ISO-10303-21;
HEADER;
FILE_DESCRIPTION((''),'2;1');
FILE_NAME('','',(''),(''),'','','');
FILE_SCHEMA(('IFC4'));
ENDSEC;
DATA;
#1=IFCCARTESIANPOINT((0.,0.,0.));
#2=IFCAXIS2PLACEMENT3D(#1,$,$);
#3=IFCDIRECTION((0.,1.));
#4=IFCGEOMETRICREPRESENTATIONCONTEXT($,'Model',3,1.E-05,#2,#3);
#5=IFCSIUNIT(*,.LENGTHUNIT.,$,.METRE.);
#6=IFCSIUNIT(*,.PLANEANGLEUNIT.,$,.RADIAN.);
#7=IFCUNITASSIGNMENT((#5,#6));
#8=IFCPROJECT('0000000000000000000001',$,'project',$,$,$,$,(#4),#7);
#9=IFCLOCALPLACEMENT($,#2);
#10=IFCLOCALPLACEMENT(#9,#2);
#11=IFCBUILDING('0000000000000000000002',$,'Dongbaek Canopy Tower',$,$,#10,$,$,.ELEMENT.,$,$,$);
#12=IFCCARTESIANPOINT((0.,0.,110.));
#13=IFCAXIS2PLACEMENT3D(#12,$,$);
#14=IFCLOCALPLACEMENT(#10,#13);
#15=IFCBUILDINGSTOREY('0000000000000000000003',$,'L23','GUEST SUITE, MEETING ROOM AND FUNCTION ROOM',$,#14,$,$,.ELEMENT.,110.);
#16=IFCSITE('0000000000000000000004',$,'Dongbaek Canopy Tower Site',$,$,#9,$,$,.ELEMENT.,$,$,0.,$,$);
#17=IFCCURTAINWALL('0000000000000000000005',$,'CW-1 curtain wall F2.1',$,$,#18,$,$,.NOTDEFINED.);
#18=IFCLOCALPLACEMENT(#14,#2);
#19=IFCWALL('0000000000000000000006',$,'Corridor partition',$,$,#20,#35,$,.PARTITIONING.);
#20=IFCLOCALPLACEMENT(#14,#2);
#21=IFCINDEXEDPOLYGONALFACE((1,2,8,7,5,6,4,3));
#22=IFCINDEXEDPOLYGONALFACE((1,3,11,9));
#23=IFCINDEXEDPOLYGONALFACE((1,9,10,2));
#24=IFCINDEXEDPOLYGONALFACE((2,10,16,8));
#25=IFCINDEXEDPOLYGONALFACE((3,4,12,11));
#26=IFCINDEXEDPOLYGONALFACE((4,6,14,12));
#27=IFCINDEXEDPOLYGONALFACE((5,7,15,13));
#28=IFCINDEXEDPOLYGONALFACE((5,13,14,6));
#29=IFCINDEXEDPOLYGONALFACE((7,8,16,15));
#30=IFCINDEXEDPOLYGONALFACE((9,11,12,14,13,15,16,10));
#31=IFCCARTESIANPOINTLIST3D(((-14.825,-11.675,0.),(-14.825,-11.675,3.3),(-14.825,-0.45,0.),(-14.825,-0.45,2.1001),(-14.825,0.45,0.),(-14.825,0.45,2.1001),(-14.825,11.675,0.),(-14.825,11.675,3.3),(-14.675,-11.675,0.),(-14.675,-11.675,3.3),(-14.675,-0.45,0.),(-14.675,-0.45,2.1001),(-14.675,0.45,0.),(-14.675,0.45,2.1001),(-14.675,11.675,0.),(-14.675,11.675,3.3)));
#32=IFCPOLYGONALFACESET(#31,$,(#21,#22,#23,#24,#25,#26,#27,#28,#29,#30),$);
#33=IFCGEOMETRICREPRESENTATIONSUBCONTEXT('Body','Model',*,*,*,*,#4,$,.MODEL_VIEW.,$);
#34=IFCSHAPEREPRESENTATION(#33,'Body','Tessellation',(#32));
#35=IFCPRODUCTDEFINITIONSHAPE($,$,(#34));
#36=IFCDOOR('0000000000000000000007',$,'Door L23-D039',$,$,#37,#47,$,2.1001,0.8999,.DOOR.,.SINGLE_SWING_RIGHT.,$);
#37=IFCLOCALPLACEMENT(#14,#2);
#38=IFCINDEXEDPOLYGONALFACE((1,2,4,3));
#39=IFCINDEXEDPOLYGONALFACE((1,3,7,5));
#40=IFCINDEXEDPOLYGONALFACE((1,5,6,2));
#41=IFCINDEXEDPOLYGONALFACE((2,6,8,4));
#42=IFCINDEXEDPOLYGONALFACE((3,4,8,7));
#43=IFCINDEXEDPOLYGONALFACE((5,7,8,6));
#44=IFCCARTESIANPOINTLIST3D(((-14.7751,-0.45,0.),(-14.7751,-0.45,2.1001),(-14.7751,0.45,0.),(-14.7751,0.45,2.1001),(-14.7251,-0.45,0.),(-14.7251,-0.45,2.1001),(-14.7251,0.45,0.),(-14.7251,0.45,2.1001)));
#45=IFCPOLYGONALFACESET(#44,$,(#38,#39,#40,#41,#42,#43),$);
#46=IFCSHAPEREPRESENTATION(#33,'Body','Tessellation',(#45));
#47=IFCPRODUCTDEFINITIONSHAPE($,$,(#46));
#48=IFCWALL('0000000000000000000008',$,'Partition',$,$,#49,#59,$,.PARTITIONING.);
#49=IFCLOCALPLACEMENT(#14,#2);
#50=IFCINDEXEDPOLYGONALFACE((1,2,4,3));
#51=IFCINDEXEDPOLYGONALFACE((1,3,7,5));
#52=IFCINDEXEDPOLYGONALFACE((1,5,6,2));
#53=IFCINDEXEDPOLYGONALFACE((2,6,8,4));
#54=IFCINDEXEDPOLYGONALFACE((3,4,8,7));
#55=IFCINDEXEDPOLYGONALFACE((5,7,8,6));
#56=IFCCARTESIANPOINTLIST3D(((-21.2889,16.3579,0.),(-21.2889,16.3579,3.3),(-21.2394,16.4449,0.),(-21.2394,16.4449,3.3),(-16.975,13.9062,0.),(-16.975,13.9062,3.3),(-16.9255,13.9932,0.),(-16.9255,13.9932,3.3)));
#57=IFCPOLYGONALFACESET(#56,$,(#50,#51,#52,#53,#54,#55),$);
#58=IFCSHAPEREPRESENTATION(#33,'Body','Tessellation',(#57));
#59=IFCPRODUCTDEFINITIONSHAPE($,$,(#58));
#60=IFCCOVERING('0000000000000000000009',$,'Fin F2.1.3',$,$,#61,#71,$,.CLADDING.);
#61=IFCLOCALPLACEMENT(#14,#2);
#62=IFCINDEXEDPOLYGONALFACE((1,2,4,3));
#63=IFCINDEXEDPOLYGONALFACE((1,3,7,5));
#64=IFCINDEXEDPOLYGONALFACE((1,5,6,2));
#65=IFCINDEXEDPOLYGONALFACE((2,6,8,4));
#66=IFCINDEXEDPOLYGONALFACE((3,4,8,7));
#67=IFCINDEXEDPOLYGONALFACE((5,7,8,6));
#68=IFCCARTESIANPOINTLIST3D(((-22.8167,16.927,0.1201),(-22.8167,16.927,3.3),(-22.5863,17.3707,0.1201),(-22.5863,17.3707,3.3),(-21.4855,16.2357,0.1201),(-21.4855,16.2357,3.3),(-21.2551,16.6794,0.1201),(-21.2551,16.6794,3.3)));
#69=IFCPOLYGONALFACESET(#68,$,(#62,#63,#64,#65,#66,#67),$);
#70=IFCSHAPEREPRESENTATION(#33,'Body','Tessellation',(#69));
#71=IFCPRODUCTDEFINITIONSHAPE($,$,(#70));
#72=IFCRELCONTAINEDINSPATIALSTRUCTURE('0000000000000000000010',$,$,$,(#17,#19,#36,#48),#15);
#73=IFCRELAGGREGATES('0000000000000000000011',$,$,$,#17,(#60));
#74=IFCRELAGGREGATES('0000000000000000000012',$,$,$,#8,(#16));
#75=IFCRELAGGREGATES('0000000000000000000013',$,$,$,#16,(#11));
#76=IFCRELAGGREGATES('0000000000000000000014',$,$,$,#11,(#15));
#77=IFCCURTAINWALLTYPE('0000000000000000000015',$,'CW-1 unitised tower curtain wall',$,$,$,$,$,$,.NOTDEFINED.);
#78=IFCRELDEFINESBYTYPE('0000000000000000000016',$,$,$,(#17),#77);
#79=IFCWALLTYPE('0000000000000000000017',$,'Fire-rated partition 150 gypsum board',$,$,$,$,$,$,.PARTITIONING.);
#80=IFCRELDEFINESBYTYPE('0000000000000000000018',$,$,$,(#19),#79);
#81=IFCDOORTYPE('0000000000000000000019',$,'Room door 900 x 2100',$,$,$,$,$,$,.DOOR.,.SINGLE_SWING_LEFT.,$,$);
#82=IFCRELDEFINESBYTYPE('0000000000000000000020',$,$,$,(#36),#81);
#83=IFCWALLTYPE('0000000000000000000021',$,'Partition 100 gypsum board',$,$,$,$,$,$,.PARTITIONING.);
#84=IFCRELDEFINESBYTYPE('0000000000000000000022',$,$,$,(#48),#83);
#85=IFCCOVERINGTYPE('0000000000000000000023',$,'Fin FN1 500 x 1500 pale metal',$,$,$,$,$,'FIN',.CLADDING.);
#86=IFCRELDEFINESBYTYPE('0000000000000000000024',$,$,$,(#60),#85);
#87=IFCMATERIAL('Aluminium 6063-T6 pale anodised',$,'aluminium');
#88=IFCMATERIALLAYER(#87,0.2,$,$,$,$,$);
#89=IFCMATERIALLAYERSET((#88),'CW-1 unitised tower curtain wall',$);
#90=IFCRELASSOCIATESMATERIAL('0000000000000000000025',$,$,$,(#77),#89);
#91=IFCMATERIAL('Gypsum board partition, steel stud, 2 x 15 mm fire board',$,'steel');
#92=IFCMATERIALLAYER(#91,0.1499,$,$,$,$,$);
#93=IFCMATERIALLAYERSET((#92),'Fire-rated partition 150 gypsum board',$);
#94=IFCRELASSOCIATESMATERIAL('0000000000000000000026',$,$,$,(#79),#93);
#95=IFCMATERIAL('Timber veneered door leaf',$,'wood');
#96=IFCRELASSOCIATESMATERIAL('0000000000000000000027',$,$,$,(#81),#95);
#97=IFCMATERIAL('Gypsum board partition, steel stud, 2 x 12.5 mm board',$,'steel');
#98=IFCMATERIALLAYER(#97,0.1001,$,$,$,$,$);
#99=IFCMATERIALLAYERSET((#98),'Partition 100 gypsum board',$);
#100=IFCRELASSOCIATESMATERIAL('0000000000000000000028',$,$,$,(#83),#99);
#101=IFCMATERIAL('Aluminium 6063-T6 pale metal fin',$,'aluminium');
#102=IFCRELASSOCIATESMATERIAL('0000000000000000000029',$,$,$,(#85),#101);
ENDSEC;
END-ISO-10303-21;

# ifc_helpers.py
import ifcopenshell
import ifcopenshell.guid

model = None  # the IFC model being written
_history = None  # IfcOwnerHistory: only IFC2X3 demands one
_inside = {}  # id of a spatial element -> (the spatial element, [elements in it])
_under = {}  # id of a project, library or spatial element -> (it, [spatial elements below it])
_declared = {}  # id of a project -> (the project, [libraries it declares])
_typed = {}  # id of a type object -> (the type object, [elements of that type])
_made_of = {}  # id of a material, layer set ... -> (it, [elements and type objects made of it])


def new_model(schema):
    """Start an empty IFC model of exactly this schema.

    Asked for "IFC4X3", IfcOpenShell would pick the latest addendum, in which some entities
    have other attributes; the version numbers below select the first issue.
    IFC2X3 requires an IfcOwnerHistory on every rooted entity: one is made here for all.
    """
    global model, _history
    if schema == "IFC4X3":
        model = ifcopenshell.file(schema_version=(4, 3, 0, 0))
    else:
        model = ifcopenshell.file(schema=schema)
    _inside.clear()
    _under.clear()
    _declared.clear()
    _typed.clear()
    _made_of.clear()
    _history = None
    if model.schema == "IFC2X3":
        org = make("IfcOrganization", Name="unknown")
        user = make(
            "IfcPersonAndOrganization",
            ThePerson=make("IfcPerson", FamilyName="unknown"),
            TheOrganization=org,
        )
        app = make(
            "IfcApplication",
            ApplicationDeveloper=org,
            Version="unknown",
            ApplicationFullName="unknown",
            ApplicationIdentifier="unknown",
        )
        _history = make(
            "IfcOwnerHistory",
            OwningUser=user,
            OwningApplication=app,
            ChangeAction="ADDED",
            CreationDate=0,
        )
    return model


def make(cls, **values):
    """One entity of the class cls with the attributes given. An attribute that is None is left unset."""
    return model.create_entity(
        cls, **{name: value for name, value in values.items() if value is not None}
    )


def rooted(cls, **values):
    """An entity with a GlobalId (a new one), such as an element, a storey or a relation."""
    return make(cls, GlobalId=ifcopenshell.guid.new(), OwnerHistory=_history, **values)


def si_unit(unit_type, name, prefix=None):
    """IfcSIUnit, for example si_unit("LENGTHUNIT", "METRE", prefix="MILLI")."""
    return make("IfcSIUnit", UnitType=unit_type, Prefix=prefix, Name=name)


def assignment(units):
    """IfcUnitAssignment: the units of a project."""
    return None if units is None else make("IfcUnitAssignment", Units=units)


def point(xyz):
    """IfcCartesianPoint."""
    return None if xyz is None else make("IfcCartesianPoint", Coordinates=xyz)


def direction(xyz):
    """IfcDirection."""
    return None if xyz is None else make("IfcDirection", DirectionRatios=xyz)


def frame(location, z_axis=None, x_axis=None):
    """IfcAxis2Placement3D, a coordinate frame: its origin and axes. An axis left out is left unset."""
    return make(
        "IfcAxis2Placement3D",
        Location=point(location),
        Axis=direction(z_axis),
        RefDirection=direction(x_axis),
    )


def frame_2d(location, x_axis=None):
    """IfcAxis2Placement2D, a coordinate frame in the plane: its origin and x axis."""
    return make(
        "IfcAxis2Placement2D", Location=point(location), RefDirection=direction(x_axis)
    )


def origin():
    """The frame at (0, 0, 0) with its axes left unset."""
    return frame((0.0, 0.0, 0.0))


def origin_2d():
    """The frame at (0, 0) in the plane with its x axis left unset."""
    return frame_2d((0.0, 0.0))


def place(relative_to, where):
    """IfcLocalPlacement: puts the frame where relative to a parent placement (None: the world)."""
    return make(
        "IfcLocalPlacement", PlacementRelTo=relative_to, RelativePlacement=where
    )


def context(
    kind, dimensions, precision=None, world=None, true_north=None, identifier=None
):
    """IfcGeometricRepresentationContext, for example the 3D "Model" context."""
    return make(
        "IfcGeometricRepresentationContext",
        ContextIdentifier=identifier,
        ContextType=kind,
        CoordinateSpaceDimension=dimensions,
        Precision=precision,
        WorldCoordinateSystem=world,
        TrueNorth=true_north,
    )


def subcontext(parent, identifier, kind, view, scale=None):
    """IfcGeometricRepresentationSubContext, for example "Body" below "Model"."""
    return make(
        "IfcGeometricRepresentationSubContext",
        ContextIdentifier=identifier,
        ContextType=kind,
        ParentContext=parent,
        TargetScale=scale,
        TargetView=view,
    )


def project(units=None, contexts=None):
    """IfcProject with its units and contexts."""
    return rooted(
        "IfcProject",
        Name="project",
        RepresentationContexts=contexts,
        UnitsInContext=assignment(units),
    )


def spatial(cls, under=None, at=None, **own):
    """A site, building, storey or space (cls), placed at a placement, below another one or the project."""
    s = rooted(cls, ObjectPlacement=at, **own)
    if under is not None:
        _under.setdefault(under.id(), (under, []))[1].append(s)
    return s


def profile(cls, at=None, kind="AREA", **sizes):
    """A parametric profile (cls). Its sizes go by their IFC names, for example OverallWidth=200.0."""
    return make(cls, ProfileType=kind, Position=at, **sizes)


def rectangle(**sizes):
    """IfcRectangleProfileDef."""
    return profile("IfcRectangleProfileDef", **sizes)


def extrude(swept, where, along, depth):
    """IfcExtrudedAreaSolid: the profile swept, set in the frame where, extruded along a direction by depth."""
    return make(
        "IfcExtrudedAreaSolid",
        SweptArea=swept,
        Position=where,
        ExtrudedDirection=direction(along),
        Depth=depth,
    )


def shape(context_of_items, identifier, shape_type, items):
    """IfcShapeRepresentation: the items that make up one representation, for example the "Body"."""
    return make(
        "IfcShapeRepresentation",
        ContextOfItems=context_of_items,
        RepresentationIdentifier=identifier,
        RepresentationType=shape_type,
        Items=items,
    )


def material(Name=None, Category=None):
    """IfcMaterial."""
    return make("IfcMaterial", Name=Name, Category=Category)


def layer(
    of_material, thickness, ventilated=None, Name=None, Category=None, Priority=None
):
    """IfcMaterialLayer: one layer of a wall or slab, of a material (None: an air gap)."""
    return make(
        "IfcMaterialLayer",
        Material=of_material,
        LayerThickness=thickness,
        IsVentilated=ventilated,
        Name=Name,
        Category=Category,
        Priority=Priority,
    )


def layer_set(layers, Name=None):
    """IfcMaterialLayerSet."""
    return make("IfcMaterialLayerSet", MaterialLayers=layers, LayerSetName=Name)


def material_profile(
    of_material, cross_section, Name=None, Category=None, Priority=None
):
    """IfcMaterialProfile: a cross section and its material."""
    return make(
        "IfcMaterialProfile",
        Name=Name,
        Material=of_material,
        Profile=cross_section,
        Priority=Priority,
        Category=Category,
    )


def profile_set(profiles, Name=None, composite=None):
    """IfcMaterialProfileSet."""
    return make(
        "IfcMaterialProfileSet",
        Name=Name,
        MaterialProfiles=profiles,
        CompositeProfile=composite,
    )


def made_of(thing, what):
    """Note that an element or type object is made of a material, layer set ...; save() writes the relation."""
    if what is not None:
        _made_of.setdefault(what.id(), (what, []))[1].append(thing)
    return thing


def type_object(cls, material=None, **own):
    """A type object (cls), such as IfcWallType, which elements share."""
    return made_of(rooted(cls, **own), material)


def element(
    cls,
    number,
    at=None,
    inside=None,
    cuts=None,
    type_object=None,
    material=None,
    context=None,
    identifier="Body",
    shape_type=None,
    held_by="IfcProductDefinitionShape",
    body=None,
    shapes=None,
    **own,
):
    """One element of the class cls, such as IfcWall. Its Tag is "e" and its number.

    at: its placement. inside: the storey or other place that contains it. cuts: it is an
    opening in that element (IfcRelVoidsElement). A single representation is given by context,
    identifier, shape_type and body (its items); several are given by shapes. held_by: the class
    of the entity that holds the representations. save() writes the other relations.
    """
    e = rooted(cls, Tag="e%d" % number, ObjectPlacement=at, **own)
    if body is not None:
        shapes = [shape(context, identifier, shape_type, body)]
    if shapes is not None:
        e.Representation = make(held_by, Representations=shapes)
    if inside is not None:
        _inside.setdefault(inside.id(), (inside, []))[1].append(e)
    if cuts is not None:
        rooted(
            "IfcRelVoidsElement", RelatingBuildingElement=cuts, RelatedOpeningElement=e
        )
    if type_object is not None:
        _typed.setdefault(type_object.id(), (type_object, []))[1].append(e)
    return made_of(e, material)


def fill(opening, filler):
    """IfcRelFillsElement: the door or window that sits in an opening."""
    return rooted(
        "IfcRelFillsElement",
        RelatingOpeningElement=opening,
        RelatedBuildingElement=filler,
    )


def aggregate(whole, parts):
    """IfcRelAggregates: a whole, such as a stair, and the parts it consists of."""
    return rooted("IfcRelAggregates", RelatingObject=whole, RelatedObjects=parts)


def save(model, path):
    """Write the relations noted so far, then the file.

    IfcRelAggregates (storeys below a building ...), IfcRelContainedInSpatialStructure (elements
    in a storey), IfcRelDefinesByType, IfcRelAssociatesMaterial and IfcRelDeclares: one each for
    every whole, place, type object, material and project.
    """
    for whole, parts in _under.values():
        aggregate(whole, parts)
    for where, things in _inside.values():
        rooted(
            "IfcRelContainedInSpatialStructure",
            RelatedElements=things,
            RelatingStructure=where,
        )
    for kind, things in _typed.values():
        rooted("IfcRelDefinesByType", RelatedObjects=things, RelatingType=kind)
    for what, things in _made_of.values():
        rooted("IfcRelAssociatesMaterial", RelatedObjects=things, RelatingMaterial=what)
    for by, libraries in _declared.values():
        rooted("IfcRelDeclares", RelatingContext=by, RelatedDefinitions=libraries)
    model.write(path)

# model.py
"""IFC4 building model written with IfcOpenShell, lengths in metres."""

from ifc_helpers import new_model, si_unit, direction, frame, frame_2d, origin, origin_2d, place, context, subcontext, project, spatial, rectangle, extrude, material, layer, layer_set, material_profile, profile_set, type_object, element, fill, aggregate, save


model = new_model("IFC4")

# Units and contexts
model_context = context("Model", 3, precision=1e-05, world=origin(), true_north=direction((0.0, 1.0)))
body_context = subcontext(model_context, "Body", "Model", "MODEL_VIEW")
ifc_project = project(units=[si_unit("LENGTHUNIT", "METRE"), si_unit("PLANEANGLEUNIT", "RADIAN")], contexts=[model_context])

# Site, building, storey
site_placement = place(None, origin())
site = spatial("IfcSite", under=ifc_project, at=site_placement, Name="Dongbaek Canopy Tower Site", CompositionType="ELEMENT", RefElevation=0.0)
building_placement = place(site_placement, origin())
building = spatial("IfcBuilding", under=site, at=building_placement, Name="Dongbaek Canopy Tower", CompositionType="ELEMENT")
storey_placement = place(building_placement, frame((0.0, 0.0, 110.0)))
storey = spatial("IfcBuildingStorey", under=building, at=storey_placement, Name="L23", Description="GUEST SUITE, MEETING ROOM AND FUNCTION ROOM", CompositionType="ELEMENT", Elevation=110.0)

# Curtain wall
ifc_material_1 = material(Name="Aluminium 6063-T6 pale anodised", Category="aluminium")
ifc_layer_1 = layer(ifc_material_1, 0.2)
ifc_layer_set_1 = layer_set([ifc_layer_1], Name="CW-1 unitised tower curtain wall")
curtain_wall_type = type_object("IfcCurtainWallType", Name="CW-1 unitised tower curtain wall", PredefinedType="NOTDEFINED", material=ifc_layer_set_1)
curtain_wall_placement = place(storey_placement, origin())
curtain_wall = element("IfcCurtainWall", 1, at=curtain_wall_placement, inside=storey, type_object=curtain_wall_type, Name="CW-1 curtain wall F2.1", PredefinedType="NOTDEFINED")

# Shared definitions
ifc_material_2 = material(Name="Gypsum board partition, steel stud, 2 x 15 mm fire board", Category="steel")
ifc_layer_2 = layer(ifc_material_2, 0.1499)
ifc_layer_set_2 = layer_set([ifc_layer_2], Name="Fire-rated partition 150 gypsum board")
wall_type_1 = type_object("IfcWallType", Name="Fire-rated partition 150 gypsum board", PredefinedType="PARTITIONING", material=ifc_layer_set_2)

# Shared definitions
ifc_material_3 = material(Name="Timber veneered door leaf", Category="wood")
door_type_1 = type_object("IfcDoorType", Name="Room door 900 x 2100", OperationType="SINGLE_SWING_LEFT", PredefinedType="DOOR", material=ifc_material_3)

# Wall, opening, door
wall_1_placement = place(storey_placement, frame((-14.75, 11.675, 0.0), z_axis=(0.0, 0.0, 1.0), x_axis=(0.0, -1.0, 0.0)))
wall_1 = element("IfcWall", 2, at=wall_1_placement, inside=storey, type_object=wall_type_1, Name="Corridor partition", PredefinedType="PARTITIONING", context=body_context, shape_type="SweptSolid", body=[
    extrude(rectangle(XDim=23.3501, YDim=0.1499, at=frame_2d((11.675, 0.0))), origin(), (0.0, 0.0, 1.0), 3.3),
])
opening_1_placement = place(wall_1_placement, frame((11.2251, 0.0, 0.0)))
opening_1 = element("IfcOpeningElement", 3, at=opening_1_placement, cuts=wall_1, PredefinedType="OPENING", context=body_context, shape_type="SweptSolid", body=[
    extrude(rectangle(XDim=0.8999, YDim=2.1001, at=frame_2d((0.45, 1.05))), frame((0.0, 0.085, 0.0), z_axis=(0.0, -1.0, 0.0), x_axis=(1.0, 0.0, 0.0)), (0.0, 0.0, 1.0), 0.1699),
])
door_1_placement = place(opening_1_placement, origin())
door_1 = element("IfcDoor", 4, at=door_1_placement, inside=storey, type_object=door_type_1, Name="Door L23-D039", OperationType="SINGLE_SWING_RIGHT", OverallHeight=2.1001, OverallWidth=0.8999, PredefinedType="DOOR", context=body_context, shape_type="SweptSolid", body=[
    extrude(rectangle(XDim=0.8999, YDim=2.1001, at=frame_2d((0.45, 1.05))), frame((0.0, 0.0249, 0.0), z_axis=(0.0, -1.0, 0.0), x_axis=(1.0, 0.0, 0.0)), (0.0, 0.0, 1.0), 0.05),
])
fill(opening_1, door_1)

# Wall
ifc_material_4 = material(Name="Gypsum board partition, steel stud, 2 x 12.5 mm board", Category="steel")
ifc_layer_3 = layer(ifc_material_4, 0.1001)
ifc_layer_set_3 = layer_set([ifc_layer_3], Name="Partition 100 gypsum board")
wall_type_2 = type_object("IfcWallType", Name="Partition 100 gypsum board", PredefinedType="PARTITIONING", material=ifc_layer_set_3)
wall_2_placement = place(storey_placement, frame((-21.2642, 16.4014, 0.0), z_axis=(0.0, 0.0, 1.0), x_axis=(0.869409, -0.494092, 0.0)))
element("IfcWall", 5, at=wall_2_placement, inside=storey, type_object=wall_type_2, Name="Partition", PredefinedType="PARTITIONING", context=body_context, shape_type="SweptSolid", body=[
    extrude(rectangle(XDim=4.9619, YDim=0.1001, at=frame_2d((2.481, 0.0))), origin(), (0.0, 0.0, 1.0), 3.3),
])

# Covering
ifc_material_5 = material(Name="Aluminium 6063-T6 pale metal fin", Category="aluminium")
ifc_material_profile_1 = material_profile(ifc_material_5, rectangle(XDim=1.5, YDim=0.5, at=origin_2d()), Name="Fin FN1 500 x 1500 pale metal")
ifc_profile_set_1 = profile_set([ifc_material_profile_1], Name="Aluminium 6063-T6 pale metal fin")
covering_type = type_object("IfcCoveringType", Name="Fin FN1 500 x 1500 pale metal", ElementType="FIN", PredefinedType="CLADDING", material=ifc_profile_set_1)
covering_placement = place(storey_placement, frame((-22.0359, 16.8032, 0.1201), z_axis=(0.0, 0.0, 1.0), x_axis=(-0.887463, 0.46088, 0.0)))
covering = element("IfcCovering", 6, at=covering_placement, type_object=covering_type, Name="Fin F2.1.3", PredefinedType="CLADDING", context=body_context, shape_type="SweptSolid", body=[
    extrude(rectangle(XDim=1.5, YDim=0.5, at=origin_2d()), origin(), (0.0, 0.0, 1.0), 3.1799),
])
aggregate(curtain_wall, [covering])

save(model, "model.ifc")
